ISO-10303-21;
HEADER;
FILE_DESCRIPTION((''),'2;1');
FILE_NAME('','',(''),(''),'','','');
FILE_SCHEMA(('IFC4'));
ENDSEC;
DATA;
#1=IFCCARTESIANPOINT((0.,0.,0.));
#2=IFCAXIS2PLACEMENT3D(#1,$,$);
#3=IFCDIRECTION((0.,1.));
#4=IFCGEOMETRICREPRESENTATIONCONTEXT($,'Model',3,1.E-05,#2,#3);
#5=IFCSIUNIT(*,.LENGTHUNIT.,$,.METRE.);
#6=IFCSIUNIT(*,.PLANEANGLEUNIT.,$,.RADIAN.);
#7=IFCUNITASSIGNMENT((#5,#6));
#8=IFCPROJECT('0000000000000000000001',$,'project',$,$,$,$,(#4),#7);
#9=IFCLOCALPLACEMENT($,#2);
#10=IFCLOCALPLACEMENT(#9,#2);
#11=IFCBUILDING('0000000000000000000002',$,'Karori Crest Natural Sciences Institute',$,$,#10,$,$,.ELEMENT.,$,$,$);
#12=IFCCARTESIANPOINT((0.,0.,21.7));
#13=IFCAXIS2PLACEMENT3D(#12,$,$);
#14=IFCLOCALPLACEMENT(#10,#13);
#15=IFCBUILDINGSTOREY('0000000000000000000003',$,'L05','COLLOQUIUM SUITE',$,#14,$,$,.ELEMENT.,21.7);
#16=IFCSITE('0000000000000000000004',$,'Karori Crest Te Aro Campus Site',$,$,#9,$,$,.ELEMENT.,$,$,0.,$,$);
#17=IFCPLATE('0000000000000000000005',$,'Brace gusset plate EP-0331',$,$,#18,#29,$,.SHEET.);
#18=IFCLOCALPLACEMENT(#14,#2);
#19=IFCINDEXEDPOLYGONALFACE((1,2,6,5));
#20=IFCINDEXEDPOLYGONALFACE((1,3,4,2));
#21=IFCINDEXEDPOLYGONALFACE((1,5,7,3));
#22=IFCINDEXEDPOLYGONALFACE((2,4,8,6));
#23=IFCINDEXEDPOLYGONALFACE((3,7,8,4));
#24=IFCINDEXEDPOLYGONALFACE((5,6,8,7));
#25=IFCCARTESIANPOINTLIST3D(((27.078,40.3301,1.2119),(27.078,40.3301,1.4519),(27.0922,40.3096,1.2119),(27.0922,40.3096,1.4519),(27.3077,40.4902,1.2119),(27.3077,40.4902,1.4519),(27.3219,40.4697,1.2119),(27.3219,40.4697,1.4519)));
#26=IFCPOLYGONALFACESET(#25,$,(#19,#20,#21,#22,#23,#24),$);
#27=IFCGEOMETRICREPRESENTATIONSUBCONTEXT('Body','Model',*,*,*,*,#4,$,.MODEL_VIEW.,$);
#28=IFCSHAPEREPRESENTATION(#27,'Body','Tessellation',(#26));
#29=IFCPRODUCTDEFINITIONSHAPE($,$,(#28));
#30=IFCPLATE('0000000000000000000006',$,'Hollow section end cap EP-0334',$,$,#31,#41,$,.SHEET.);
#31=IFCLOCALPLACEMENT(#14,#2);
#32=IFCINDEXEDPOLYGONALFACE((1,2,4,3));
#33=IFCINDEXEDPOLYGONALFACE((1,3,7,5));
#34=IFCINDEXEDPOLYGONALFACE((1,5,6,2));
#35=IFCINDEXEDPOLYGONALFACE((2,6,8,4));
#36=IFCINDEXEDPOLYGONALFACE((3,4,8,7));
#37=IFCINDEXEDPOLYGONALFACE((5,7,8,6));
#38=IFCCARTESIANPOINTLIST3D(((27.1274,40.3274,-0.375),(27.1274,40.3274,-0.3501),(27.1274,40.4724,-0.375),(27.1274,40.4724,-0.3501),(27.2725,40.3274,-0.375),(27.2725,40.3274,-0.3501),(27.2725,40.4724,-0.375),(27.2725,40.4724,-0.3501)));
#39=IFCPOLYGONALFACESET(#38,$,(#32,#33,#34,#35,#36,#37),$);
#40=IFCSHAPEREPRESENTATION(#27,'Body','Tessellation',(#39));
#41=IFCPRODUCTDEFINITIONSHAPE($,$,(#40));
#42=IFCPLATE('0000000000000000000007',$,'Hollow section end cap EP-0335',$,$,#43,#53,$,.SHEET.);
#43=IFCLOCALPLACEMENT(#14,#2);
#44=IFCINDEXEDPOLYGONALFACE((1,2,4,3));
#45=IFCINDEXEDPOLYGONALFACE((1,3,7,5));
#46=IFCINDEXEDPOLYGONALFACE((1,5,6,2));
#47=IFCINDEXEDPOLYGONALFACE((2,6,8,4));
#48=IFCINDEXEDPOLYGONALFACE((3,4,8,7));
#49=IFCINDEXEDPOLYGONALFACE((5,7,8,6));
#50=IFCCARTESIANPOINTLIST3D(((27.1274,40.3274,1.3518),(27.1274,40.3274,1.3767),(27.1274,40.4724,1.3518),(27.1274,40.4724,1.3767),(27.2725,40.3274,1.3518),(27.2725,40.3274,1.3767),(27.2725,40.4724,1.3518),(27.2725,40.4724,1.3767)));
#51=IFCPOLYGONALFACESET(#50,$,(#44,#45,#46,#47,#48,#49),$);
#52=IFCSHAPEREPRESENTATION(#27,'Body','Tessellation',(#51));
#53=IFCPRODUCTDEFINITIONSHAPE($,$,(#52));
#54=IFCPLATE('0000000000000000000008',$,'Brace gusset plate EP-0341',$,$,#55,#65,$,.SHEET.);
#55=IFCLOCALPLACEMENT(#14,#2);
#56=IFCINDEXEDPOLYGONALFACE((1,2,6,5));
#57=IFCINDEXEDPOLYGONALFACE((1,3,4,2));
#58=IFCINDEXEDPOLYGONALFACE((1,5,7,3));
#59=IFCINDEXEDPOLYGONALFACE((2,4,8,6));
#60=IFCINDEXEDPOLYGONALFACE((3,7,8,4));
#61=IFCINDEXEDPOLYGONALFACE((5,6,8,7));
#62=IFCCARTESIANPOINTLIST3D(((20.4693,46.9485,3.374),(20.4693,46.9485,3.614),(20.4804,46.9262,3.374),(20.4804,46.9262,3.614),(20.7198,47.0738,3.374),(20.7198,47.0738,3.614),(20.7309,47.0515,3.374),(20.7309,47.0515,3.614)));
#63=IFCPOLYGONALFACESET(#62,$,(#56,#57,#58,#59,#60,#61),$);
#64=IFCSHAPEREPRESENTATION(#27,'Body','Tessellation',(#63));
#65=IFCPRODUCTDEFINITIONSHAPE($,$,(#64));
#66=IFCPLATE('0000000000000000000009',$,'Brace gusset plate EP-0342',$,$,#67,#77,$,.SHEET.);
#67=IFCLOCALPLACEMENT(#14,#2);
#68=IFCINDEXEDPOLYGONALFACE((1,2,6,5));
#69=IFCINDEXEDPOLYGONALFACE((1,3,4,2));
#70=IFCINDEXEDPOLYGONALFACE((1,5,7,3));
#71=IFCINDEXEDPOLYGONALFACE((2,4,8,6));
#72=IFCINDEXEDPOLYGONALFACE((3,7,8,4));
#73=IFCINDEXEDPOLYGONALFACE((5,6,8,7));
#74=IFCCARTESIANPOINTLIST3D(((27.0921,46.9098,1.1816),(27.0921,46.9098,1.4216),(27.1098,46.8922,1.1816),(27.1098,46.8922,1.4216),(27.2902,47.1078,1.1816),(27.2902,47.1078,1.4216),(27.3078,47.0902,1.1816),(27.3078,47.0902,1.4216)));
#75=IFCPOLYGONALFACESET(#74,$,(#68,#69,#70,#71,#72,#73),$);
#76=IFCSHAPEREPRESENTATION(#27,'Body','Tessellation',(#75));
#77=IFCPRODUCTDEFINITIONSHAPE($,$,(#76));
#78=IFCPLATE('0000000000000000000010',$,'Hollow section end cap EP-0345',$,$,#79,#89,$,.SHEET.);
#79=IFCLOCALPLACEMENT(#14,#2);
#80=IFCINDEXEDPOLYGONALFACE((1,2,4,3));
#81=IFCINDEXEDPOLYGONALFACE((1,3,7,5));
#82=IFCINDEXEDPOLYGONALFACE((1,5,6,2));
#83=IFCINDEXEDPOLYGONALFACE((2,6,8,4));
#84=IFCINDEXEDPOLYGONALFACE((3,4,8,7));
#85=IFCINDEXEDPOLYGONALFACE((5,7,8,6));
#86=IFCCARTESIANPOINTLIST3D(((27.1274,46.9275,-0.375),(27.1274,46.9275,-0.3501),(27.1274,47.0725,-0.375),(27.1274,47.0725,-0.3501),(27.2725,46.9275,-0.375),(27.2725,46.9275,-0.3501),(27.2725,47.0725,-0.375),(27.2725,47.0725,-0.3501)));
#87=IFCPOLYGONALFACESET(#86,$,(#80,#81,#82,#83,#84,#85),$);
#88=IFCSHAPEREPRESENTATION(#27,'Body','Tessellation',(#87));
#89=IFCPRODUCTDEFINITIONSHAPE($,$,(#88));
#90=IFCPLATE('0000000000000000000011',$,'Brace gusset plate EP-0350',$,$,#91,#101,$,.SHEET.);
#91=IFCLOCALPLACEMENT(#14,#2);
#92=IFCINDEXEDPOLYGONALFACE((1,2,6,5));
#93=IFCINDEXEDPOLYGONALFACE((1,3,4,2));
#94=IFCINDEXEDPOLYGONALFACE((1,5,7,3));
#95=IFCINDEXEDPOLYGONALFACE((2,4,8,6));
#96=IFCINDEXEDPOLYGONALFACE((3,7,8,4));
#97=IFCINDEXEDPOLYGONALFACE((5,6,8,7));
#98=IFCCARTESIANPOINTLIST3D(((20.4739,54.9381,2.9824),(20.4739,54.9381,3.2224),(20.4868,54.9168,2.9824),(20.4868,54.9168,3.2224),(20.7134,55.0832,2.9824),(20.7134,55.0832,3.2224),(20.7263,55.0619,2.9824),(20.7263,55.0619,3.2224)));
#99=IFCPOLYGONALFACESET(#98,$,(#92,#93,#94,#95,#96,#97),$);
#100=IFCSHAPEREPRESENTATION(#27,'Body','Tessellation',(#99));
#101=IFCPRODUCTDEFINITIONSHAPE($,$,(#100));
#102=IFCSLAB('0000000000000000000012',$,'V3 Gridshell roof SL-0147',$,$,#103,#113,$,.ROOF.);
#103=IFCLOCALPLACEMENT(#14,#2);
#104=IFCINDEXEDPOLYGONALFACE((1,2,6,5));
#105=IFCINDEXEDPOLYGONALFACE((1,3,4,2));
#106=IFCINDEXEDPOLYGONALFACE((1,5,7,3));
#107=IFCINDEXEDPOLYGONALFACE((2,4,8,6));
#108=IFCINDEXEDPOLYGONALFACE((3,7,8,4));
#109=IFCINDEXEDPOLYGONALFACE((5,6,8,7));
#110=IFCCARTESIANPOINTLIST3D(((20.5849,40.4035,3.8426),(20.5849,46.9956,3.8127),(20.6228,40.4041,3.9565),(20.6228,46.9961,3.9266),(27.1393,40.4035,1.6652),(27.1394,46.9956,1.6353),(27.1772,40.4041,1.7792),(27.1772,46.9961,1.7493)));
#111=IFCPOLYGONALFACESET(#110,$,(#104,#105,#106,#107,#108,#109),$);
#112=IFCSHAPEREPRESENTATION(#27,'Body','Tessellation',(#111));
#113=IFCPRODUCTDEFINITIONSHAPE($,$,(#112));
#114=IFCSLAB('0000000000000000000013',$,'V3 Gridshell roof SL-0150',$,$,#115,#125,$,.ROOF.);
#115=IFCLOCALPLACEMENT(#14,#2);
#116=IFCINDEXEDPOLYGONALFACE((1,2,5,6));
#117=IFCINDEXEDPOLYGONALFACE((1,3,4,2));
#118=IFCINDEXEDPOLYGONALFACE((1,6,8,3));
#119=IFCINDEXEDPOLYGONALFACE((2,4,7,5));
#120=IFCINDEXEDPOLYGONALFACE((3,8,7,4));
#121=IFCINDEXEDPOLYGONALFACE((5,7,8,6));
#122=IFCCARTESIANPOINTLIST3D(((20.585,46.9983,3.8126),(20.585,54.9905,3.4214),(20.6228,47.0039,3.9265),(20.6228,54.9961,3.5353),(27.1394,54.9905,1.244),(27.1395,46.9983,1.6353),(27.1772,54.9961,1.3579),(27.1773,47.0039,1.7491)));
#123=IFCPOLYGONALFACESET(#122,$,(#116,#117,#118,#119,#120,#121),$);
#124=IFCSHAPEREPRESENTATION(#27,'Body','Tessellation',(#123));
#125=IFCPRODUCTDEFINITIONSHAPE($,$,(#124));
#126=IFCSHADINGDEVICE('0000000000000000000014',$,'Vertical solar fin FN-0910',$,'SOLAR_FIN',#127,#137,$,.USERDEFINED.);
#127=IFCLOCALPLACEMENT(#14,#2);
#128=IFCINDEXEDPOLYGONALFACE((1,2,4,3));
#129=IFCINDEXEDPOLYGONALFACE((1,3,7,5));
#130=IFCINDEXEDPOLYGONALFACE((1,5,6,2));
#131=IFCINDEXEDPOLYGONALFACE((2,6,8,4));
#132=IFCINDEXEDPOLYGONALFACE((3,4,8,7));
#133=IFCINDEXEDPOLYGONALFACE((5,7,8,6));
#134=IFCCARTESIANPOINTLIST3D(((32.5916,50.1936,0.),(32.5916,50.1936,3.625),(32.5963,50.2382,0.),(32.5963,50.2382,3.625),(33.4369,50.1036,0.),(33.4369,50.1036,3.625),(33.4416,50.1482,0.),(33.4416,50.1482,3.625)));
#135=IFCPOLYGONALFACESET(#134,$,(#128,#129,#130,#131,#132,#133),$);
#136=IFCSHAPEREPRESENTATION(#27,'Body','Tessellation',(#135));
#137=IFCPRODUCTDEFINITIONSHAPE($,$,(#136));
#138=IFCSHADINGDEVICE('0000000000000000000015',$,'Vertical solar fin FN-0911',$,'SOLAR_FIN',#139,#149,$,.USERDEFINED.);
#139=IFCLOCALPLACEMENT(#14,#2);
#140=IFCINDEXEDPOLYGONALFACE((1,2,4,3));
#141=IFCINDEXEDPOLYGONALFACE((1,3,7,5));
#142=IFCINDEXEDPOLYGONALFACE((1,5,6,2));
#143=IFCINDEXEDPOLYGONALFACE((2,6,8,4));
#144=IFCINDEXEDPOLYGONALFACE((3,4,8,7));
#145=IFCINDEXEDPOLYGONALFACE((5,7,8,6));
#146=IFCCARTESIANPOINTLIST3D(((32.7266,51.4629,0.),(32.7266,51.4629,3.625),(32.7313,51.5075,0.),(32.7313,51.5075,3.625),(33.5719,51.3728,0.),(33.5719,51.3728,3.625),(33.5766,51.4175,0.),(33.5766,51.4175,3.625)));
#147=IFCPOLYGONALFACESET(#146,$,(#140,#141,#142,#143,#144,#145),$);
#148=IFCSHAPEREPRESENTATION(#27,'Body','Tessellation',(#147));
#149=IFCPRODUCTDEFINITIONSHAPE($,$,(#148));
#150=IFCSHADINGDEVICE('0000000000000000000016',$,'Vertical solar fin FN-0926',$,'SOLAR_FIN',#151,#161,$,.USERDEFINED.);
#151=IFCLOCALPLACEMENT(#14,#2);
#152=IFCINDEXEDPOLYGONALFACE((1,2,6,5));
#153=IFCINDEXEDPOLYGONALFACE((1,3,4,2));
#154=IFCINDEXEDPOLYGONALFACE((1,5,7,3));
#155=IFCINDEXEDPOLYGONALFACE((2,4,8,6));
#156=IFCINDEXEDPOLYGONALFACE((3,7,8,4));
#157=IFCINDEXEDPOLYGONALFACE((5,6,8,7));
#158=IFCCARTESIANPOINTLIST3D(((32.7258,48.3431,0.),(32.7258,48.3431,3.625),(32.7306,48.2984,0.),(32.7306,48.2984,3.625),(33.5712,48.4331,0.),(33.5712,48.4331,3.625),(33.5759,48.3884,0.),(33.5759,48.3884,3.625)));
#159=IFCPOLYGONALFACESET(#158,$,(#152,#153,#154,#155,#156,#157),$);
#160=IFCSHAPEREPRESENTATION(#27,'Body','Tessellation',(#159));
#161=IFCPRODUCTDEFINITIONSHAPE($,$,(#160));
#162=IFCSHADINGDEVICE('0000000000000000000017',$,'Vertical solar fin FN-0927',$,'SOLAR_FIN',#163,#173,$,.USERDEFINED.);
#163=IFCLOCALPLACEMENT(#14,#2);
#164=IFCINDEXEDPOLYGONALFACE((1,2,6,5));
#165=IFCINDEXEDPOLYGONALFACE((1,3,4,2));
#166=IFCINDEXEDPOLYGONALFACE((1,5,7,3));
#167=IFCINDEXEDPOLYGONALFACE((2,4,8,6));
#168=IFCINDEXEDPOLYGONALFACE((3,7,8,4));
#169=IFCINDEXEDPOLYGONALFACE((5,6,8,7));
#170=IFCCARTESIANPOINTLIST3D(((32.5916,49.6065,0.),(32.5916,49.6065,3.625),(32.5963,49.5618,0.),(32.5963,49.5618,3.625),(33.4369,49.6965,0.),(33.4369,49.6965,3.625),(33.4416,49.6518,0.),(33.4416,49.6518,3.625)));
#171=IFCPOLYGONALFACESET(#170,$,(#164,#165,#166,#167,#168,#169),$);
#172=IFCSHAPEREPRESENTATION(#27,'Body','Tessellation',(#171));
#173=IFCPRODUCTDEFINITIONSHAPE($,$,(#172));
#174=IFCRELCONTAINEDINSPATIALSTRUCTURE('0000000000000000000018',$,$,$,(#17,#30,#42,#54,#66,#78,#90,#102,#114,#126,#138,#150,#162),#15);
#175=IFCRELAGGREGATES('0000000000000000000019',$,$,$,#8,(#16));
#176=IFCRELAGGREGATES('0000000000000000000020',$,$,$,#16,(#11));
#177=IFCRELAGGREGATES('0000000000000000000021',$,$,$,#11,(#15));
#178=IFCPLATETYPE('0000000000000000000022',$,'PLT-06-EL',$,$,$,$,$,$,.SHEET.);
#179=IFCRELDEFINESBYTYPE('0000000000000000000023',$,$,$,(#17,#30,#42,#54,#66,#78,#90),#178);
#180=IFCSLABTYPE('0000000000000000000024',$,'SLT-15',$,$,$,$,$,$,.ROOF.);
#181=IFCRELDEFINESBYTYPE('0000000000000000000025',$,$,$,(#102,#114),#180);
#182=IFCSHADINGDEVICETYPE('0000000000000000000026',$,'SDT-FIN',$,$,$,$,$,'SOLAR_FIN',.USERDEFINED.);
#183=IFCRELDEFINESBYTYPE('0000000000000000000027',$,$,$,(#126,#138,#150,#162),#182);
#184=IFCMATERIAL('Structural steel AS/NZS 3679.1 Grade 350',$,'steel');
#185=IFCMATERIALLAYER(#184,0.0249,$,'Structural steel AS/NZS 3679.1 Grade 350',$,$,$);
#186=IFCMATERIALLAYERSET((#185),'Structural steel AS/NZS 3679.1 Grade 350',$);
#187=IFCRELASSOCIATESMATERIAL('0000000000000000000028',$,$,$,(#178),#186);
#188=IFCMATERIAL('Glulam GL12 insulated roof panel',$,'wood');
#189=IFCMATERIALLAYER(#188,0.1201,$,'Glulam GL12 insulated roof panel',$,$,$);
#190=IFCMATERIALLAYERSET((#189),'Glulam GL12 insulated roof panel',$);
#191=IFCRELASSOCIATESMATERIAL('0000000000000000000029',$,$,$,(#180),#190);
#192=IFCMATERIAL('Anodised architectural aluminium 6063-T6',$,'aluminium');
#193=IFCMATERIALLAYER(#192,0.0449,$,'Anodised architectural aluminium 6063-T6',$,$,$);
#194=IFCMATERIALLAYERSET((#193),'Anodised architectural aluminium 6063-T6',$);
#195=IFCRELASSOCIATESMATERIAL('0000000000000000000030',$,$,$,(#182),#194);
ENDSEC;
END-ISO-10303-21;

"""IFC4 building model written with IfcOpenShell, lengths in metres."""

from ifc_helpers import new_model, si_unit, direction, frame, origin, origin_2d, place, context, subcontext, project, spatial, polyline, rectangle, outline, extrude, material, layer, layer_set, type_object, element, save


model = new_model("IFC4")

# Units and contexts
model_context = context("Model", 3, precision=1e-05, world=origin(), true_north=direction((0.0, 1.0)))
body_context = subcontext(model_context, "Body", "Model", "MODEL_VIEW")
ifc_project = project(units=[si_unit("LENGTHUNIT", "METRE"), si_unit("PLANEANGLEUNIT", "RADIAN")], contexts=[model_context])

# Site, building, storey
site_placement = place(None, origin())
site = spatial("IfcSite", under=ifc_project, at=site_placement, Name="Karori Crest Te Aro Campus Site", CompositionType="ELEMENT", RefElevation=0.0)
building_placement = place(site_placement, origin())
building = spatial("IfcBuilding", under=site, at=building_placement, Name="Karori Crest Natural Sciences Institute", CompositionType="ELEMENT")
storey_placement = place(building_placement, frame((0.0, 0.0, 21.7)))
storey = spatial("IfcBuildingStorey", under=building, at=storey_placement, Name="L05", Description="COLLOQUIUM SUITE", CompositionType="ELEMENT", Elevation=21.7)

# Plates
ifc_material_1 = material(Name="Structural steel AS/NZS 3679.1 Grade 350", Category="steel")
ifc_layer_1 = layer(ifc_material_1, 0.0249, Name="Structural steel AS/NZS 3679.1 Grade 350")
ifc_layer_set_1 = layer_set([ifc_layer_1], Name="Structural steel AS/NZS 3679.1 Grade 350")
plate_type_1 = type_object("IfcPlateType", Name="PLT-06-EL", PredefinedType="SHEET", material=ifc_layer_set_1)
plate_1_placement = place(storey_placement, frame((27.2, 40.3999, 1.2119), z_axis=(0.0, 0.0, 1.0), x_axis=(0.820398, 0.571792, 0.0)))
element("IfcPlate", 1, at=plate_1_placement, inside=storey, type_object=plate_type_1, Name="Brace gusset plate EP-0331", PredefinedType="SHEET", context=body_context, shape_type="SweptSolid", body=[
    extrude(rectangle(XDim=0.28, YDim=0.0249, at=origin_2d()), origin(), (0.0, 0.0, 1.0), 0.24),
])
for number, where, z_axis, x_axis, name in (
    (2, (27.2, 40.3999, -0.375), (0.0, 0.0, 1.0), (1.0, 0.0, 0.0), "Hollow section end cap EP-0334"),
    (3, (27.2, 40.3999, 1.3518), (0.0, 0.0, 1.0), (1.0, 0.0, 0.0), "Hollow section end cap EP-0335"),
):
    element("IfcPlate", number, at=place(storey_placement, frame(where, z_axis=z_axis, x_axis=x_axis)), inside=storey, type_object=plate_type_1, Name=name, PredefinedType="SHEET", context=body_context, shape_type="SweptSolid", body=[
        extrude(rectangle(XDim=0.145, YDim=0.145, at=origin_2d()), origin(), (0.0, 0.0, 1.0), 0.0249),
    ])
for number, where, z_axis, x_axis, name in (
    (4, (20.6001, 47.0, 3.374), (0.0, 0.0, 1.0), (0.894427, 0.447214, 0.0), "Brace gusset plate EP-0341"),
    (5, (27.2, 47.0, 1.1816), (0.0, 0.0, 1.0), (0.707107, 0.707107, 0.0), "Brace gusset plate EP-0342"),
):
    element("IfcPlate", number, at=place(storey_placement, frame(where, z_axis=z_axis, x_axis=x_axis)), inside=storey, type_object=plate_type_1, Name=name, PredefinedType="SHEET", context=body_context, shape_type="SweptSolid", body=[
        extrude(rectangle(XDim=0.28, YDim=0.0249, at=origin_2d()), origin(), (0.0, 0.0, 1.0), 0.24),
    ])
plate_2_placement = place(storey_placement, frame((27.2, 47.0, -0.375), z_axis=(0.0, 0.0, 1.0), x_axis=(1.0, 0.0, 0.0)))
element("IfcPlate", 6, at=plate_2_placement, inside=storey, type_object=plate_type_1, Name="Hollow section end cap EP-0345", PredefinedType="SHEET", context=body_context, shape_type="SweptSolid", body=[
    extrude(rectangle(XDim=0.145, YDim=0.145, at=origin_2d()), origin(), (0.0, 0.0, 1.0), 0.0249),
])
plate_3_placement = place(storey_placement, frame((20.6001, 55.0, 2.9824), z_axis=(0.0, 0.0, 1.0), x_axis=(0.855198, 0.518302, 0.0)))
element("IfcPlate", 7, at=plate_3_placement, inside=storey, type_object=plate_type_1, Name="Brace gusset plate EP-0350", PredefinedType="SHEET", context=body_context, shape_type="SweptSolid", body=[
    extrude(rectangle(XDim=0.28, YDim=0.0249, at=origin_2d()), origin(), (0.0, 0.0, 1.0), 0.24),
])

# Slabs
ifc_material_2 = material(Name="Glulam GL12 insulated roof panel", Category="wood")
ifc_layer_2 = layer(ifc_material_2, 0.1201, Name="Glulam GL12 insulated roof panel")
ifc_layer_set_2 = layer_set([ifc_layer_2], Name="Glulam GL12 insulated roof panel")
slab_type = type_object("IfcSlabType", Name="SLT-15", PredefinedType="ROOF", material=ifc_layer_set_2)
slab_1_placement = place(storey_placement, frame((20.6228, 40.4041, 3.9565), z_axis=(0.315254, 0.004305, 0.948997), x_axis=(0.949006, 0.0, -0.315257)))
element("IfcSlab", 8, at=slab_1_placement, inside=storey, type_object=slab_type, Name="V3 Gridshell roof SL-0147", PredefinedType="ROOF", context=body_context, shape_type="SweptSolid", body=[
    extrude(outline(polyline([(0.0, 0.0), (6.9066, 0.0), (6.9161, 6.5921), (0.0094, 6.5921), (0.0, 0.0)])), origin(), (0.0, 0.0, -1.0), 0.1201),
])
slab_2_placement = place(storey_placement, frame((20.6228, 47.0039, 3.9265), z_axis=(0.314918, 0.046406, 0.947984), x_axis=(0.949006, 0.000001, -0.315257)))
element("IfcSlab", 9, at=slab_2_placement, inside=storey, type_object=slab_type, Name="V3 Gridshell roof SL-0150", PredefinedType="ROOF", context=body_context, shape_type="SweptSolid", body=[
    extrude(outline(polyline([(0.0, 0.0), (6.9067, 0.0), (7.03, 8.0008), (0.1234, 8.0008), (0.0, 0.0)])), origin(), (0.0, 0.0, -1.0), 0.1201),
])

# Shading devices
ifc_material_3 = material(Name="Anodised architectural aluminium 6063-T6", Category="aluminium")
ifc_layer_3 = layer(ifc_material_3, 0.0449, Name="Anodised architectural aluminium 6063-T6")
ifc_layer_set_3 = layer_set([ifc_layer_3], Name="Anodised architectural aluminium 6063-T6")
shading_device_type = type_object("IfcShadingDeviceType", Name="SDT-FIN", ElementType="SOLAR_FIN", PredefinedType="USERDEFINED", material=ifc_layer_set_3)
for number, where, z_axis, x_axis, name in (
    (10, (33.0166, 50.1709, 0.0), (0.0, 0.0, 1.0), (-0.994378, 0.105886, 0.0), "Vertical solar fin FN-0910"),
    (11, (33.1516, 51.4402, 0.0), (0.0, 0.0, 1.0), (-0.994378, 0.105886, 0.0), "Vertical solar fin FN-0911"),
    (12, (33.1509, 48.3657, 0.0), (0.0, 0.0, 1.0), (-0.994378, -0.105884, 0.0), "Vertical solar fin FN-0926"),
    (13, (33.0166, 49.6292, 0.0), (0.0, 0.0, 1.0), (-0.994378, -0.105884, 0.0), "Vertical solar fin FN-0927"),
):
    element("IfcShadingDevice", number, at=place(storey_placement, frame(where, z_axis=z_axis, x_axis=x_axis)), inside=storey, type_object=shading_device_type, Name=name, ObjectType="SOLAR_FIN", PredefinedType="USERDEFINED", context=body_context, shape_type="SweptSolid", body=[
        extrude(rectangle(XDim=0.8501, YDim=0.0449, at=origin_2d()), origin(), (0.0, 0.0, 1.0), 3.625),
    ])

save(model, "model.ifc")
